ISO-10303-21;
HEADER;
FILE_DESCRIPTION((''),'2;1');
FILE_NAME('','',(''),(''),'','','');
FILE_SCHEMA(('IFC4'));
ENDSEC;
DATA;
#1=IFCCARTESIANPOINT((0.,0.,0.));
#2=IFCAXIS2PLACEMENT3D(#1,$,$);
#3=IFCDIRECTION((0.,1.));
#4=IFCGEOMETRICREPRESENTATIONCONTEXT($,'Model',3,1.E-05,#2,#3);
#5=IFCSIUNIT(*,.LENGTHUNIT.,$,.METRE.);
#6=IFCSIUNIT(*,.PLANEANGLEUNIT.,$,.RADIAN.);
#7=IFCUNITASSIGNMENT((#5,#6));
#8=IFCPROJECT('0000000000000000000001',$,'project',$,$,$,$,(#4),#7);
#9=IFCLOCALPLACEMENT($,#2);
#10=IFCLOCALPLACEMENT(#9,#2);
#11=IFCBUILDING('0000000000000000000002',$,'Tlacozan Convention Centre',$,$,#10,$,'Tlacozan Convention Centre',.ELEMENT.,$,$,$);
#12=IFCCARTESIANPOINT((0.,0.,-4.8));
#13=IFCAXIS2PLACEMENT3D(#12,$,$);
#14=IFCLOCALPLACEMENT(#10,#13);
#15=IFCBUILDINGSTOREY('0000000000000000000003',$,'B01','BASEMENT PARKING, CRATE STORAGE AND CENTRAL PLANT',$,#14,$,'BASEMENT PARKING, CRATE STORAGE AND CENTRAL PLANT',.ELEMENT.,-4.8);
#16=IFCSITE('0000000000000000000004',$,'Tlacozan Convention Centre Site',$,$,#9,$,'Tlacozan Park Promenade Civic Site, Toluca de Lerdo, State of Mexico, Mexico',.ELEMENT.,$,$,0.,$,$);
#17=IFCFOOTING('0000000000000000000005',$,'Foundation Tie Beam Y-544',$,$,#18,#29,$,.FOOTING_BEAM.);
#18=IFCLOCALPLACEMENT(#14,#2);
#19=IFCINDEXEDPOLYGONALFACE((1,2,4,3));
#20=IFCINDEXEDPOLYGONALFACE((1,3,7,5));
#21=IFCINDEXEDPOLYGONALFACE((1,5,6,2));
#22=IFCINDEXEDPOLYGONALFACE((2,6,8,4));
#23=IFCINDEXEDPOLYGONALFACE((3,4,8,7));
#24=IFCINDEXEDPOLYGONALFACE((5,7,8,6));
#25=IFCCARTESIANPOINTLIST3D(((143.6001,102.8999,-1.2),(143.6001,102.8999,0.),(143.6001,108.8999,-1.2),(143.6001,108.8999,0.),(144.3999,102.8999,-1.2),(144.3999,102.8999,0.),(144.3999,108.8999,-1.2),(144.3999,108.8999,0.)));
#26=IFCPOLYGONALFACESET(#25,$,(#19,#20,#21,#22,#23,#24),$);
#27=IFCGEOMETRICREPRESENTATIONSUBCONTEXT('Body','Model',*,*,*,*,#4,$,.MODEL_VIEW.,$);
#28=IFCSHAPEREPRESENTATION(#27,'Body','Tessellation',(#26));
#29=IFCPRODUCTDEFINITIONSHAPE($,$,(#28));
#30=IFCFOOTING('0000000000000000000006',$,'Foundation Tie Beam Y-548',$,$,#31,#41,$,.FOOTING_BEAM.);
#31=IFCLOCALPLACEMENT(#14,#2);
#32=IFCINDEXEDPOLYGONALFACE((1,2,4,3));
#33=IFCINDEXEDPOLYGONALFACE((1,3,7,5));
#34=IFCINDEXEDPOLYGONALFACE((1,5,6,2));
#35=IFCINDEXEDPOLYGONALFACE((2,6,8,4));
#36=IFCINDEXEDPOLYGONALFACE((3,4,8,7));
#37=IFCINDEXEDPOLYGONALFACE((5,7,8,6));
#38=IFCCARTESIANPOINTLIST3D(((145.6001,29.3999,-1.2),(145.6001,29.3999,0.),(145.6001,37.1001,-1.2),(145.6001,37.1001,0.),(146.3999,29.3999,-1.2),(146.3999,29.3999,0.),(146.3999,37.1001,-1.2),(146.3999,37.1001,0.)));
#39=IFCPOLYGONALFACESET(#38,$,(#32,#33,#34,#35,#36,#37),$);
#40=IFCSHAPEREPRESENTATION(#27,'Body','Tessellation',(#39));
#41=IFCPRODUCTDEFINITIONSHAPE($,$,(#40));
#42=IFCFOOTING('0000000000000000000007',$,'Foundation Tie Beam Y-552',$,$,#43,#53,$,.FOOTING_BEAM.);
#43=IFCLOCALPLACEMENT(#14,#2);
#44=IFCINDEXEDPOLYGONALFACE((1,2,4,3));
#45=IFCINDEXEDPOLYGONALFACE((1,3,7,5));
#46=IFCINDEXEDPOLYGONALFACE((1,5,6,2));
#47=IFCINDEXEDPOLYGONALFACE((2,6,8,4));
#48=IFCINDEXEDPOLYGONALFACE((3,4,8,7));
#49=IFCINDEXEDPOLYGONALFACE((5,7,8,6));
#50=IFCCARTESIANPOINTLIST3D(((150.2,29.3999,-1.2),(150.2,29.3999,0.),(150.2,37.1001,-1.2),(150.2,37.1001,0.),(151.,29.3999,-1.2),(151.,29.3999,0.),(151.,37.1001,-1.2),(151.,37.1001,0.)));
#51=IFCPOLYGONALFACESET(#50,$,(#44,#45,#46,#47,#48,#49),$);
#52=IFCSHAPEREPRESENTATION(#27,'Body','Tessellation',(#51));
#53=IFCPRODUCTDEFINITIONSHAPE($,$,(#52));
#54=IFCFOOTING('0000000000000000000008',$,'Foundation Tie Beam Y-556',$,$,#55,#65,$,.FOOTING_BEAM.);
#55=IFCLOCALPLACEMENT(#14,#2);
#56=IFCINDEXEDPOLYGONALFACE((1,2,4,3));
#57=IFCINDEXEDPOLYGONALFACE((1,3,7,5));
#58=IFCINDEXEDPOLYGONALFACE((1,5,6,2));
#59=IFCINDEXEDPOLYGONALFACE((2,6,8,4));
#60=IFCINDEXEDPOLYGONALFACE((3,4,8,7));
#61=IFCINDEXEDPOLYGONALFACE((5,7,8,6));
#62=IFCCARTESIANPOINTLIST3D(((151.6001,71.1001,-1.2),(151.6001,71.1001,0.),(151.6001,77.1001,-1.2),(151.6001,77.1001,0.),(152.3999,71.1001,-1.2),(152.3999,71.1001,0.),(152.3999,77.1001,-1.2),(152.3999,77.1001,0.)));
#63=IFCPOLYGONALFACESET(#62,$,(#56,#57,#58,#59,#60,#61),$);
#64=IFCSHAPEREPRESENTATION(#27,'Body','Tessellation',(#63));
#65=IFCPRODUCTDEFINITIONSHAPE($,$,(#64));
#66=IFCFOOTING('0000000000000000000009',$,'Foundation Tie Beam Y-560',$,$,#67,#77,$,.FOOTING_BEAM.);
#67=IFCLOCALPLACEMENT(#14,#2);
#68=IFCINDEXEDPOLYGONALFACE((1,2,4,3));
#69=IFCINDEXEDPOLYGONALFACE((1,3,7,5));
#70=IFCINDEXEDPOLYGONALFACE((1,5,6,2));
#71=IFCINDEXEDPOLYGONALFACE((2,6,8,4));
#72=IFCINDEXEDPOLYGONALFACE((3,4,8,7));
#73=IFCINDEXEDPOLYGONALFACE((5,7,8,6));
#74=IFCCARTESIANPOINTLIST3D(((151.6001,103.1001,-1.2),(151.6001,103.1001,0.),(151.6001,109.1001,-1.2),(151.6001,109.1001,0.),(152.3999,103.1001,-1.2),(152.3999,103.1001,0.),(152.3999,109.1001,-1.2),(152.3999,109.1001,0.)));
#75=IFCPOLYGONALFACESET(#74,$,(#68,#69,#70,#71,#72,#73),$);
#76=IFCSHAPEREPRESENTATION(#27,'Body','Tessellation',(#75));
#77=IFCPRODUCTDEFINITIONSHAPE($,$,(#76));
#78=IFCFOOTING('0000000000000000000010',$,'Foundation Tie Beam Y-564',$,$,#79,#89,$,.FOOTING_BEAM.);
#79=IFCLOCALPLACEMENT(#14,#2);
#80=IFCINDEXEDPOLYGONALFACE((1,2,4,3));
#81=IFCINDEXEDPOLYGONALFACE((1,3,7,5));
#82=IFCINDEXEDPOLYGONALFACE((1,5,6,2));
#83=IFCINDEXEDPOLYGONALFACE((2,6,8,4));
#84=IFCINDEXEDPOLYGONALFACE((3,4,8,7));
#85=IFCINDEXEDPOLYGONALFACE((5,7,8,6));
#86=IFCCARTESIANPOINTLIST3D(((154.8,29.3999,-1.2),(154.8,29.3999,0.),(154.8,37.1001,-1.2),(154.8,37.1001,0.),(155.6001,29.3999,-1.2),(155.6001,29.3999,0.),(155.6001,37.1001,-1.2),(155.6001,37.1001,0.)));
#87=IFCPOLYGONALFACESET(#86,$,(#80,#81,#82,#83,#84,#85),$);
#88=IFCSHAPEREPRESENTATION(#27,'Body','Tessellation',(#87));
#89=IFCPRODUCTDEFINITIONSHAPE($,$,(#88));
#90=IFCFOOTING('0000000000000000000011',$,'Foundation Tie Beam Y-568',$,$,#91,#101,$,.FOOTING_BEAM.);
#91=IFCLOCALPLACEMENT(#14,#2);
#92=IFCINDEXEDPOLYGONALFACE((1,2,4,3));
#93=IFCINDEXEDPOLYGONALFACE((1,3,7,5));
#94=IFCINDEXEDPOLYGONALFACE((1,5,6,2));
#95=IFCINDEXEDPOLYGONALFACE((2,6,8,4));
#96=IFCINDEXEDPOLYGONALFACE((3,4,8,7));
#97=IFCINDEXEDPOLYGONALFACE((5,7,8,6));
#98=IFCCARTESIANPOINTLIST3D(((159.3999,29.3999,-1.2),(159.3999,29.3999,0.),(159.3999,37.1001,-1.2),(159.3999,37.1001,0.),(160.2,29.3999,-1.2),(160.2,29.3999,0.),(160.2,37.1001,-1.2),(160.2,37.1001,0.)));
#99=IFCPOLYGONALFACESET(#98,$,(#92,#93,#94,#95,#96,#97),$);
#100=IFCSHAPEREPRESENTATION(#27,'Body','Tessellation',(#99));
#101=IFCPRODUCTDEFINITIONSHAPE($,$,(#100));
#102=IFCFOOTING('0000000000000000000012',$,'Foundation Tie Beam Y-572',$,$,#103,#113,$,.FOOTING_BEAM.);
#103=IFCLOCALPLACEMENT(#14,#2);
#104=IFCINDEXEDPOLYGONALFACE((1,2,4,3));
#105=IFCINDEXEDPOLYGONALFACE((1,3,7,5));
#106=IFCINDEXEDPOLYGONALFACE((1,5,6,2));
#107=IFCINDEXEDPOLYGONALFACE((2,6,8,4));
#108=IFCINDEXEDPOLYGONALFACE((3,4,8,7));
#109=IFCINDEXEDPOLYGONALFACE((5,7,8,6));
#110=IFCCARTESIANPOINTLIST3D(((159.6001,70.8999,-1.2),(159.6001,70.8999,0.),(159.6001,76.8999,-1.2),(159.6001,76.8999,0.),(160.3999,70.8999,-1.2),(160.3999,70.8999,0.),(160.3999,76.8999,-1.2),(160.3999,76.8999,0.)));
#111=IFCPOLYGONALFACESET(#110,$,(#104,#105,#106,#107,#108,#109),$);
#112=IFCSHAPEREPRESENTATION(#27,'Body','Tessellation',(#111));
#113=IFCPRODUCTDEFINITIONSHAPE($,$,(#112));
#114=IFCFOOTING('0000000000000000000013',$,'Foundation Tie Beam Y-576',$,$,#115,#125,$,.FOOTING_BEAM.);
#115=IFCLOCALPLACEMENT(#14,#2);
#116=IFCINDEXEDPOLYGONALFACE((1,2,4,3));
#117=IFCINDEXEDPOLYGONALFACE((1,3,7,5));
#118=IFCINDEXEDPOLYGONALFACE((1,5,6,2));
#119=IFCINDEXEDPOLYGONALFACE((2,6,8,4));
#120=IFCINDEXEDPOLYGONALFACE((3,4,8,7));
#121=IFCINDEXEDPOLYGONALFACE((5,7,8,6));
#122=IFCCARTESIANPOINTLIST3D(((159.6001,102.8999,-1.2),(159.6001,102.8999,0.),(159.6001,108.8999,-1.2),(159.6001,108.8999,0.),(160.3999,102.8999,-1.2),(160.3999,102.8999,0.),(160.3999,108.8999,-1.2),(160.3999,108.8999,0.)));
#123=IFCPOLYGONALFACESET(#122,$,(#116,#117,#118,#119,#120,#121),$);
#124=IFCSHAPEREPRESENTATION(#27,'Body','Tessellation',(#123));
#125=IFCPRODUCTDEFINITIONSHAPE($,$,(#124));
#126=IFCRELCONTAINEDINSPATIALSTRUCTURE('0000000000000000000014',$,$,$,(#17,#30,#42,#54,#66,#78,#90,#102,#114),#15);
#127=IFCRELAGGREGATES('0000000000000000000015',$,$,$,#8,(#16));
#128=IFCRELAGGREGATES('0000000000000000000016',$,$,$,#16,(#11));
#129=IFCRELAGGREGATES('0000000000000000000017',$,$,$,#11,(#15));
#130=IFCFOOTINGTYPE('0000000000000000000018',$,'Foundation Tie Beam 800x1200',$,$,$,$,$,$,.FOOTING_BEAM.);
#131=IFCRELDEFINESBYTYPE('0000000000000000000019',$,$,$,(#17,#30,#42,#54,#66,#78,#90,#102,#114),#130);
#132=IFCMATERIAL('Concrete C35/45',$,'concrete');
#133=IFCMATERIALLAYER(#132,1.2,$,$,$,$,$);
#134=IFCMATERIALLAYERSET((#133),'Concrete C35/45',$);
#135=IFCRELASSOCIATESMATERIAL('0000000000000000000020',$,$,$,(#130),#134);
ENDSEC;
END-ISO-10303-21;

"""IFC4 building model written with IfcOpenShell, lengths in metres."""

from ifc_helpers import new_model, si_unit, direction, frame, origin, place, context, subcontext, project, spatial, polyline, outline, extrude, material, layer, layer_set, type_object, element, save


model = new_model("IFC4")

# Units and contexts
model_context = context("Model", 3, precision=1e-05, world=origin(), true_north=direction((0.0, 1.0)))
body_context = subcontext(model_context, "Body", "Model", "MODEL_VIEW")
ifc_project = project(units=[si_unit("LENGTHUNIT", "METRE"), si_unit("PLANEANGLEUNIT", "RADIAN")], contexts=[model_context])

# Site, building, storey
site_placement = place(None, origin())
site = spatial("IfcSite", under=ifc_project, at=site_placement, Name="Tlacozan Convention Centre Site", LongName="Tlacozan Park Promenade Civic Site, Toluca de Lerdo, State of Mexico, Mexico", CompositionType="ELEMENT", RefElevation=0.0)
building_placement = place(site_placement, origin())
building = spatial("IfcBuilding", under=site, at=building_placement, Name="Tlacozan Convention Centre", LongName="Tlacozan Convention Centre", CompositionType="ELEMENT")
storey_placement = place(building_placement, frame((0.0, 0.0, -4.8)))
storey = spatial("IfcBuildingStorey", under=building, at=storey_placement, Name="B01", Description="BASEMENT PARKING, CRATE STORAGE AND CENTRAL PLANT", LongName="BASEMENT PARKING, CRATE STORAGE AND CENTRAL PLANT", CompositionType="ELEMENT", Elevation=-4.8)

# Footings
ifc_material = material(Name="Concrete C35/45", Category="concrete")
ifc_layer = layer(ifc_material, 1.2)
ifc_layer_set = layer_set([ifc_layer], Name="Concrete C35/45")
footing_type = type_object("IfcFootingType", Name="Foundation Tie Beam 800x1200", PredefinedType="FOOTING_BEAM", material=ifc_layer_set)
footing_1_placement = place(storey_placement, frame((0.0, 0.0, -1.2)))
element("IfcFooting", 1, at=footing_1_placement, inside=storey, type_object=footing_type, Name="Foundation Tie Beam Y-544", PredefinedType="FOOTING_BEAM", context=body_context, shape_type="SweptSolid", body=[
    extrude(outline(polyline([(143.6001, 102.8999), (144.3999, 102.8999), (144.3999, 108.8999), (143.6001, 108.8999), (143.6001, 102.8999)])), origin(), (0.0, 0.0, 1.0), 1.2),
])
footing_2_placement = place(storey_placement, frame((0.0, 0.0, -1.2)))
element("IfcFooting", 2, at=footing_2_placement, inside=storey, type_object=footing_type, Name="Foundation Tie Beam Y-548", PredefinedType="FOOTING_BEAM", context=body_context, shape_type="SweptSolid", body=[
    extrude(outline(polyline([(145.6001, 29.3999), (146.3999, 29.3999), (146.3999, 37.1001), (145.6001, 37.1001), (145.6001, 29.3999)])), origin(), (0.0, 0.0, 1.0), 1.2),
])
footing_3_placement = place(storey_placement, frame((0.0, 0.0, -1.2)))
element("IfcFooting", 3, at=footing_3_placement, inside=storey, type_object=footing_type, Name="Foundation Tie Beam Y-552", PredefinedType="FOOTING_BEAM", context=body_context, shape_type="SweptSolid", body=[
    extrude(outline(polyline([(150.2, 29.3999), (151.0, 29.3999), (151.0, 37.1001), (150.2, 37.1001), (150.2, 29.3999)])), origin(), (0.0, 0.0, 1.0), 1.2),
])
footing_4_placement = place(storey_placement, frame((0.0, 0.0, -1.2)))
element("IfcFooting", 4, at=footing_4_placement, inside=storey, type_object=footing_type, Name="Foundation Tie Beam Y-556", PredefinedType="FOOTING_BEAM", context=body_context, shape_type="SweptSolid", body=[
    extrude(outline(polyline([(151.6001, 71.1001), (152.3999, 71.1001), (152.3999, 77.1001), (151.6001, 77.1001), (151.6001, 71.1001)])), origin(), (0.0, 0.0, 1.0), 1.2),
])
footing_5_placement = place(storey_placement, frame((0.0, 0.0, -1.2)))
element("IfcFooting", 5, at=footing_5_placement, inside=storey, type_object=footing_type, Name="Foundation Tie Beam Y-560", PredefinedType="FOOTING_BEAM", context=body_context, shape_type="SweptSolid", body=[
    extrude(outline(polyline([(151.6001, 103.1001), (152.3999, 103.1001), (152.3999, 109.1001), (151.6001, 109.1001), (151.6001, 103.1001)])), origin(), (0.0, 0.0, 1.0), 1.2),
])
footing_6_placement = place(storey_placement, frame((0.0, 0.0, -1.2)))
element("IfcFooting", 6, at=footing_6_placement, inside=storey, type_object=footing_type, Name="Foundation Tie Beam Y-564", PredefinedType="FOOTING_BEAM", context=body_context, shape_type="SweptSolid", body=[
    extrude(outline(polyline([(154.8, 29.3999), (155.6001, 29.3999), (155.6001, 37.1001), (154.8, 37.1001), (154.8, 29.3999)])), origin(), (0.0, 0.0, 1.0), 1.2),
])
footing_7_placement = place(storey_placement, frame((0.0, 0.0, -1.2)))
element("IfcFooting", 7, at=footing_7_placement, inside=storey, type_object=footing_type, Name="Foundation Tie Beam Y-568", PredefinedType="FOOTING_BEAM", context=body_context, shape_type="SweptSolid", body=[
    extrude(outline(polyline([(159.3999, 29.3999), (160.2, 29.3999), (160.2, 37.1001), (159.3999, 37.1001), (159.3999, 29.3999)])), origin(), (0.0, 0.0, 1.0), 1.2),
])
footing_8_placement = place(storey_placement, frame((0.0, 0.0, -1.2)))
element("IfcFooting", 8, at=footing_8_placement, inside=storey, type_object=footing_type, Name="Foundation Tie Beam Y-572", PredefinedType="FOOTING_BEAM", context=body_context, shape_type="SweptSolid", body=[
    extrude(outline(polyline([(159.6001, 70.8999), (160.3999, 70.8999), (160.3999, 76.8999), (159.6001, 76.8999), (159.6001, 70.8999)])), origin(), (0.0, 0.0, 1.0), 1.2),
])
footing_9_placement = place(storey_placement, frame((0.0, 0.0, -1.2)))
element("IfcFooting", 9, at=footing_9_placement, inside=storey, type_object=footing_type, Name="Foundation Tie Beam Y-576", PredefinedType="FOOTING_BEAM", context=body_context, shape_type="SweptSolid", body=[
    extrude(outline(polyline([(159.6001, 102.8999), (160.3999, 102.8999), (160.3999, 108.8999), (159.6001, 108.8999), (159.6001, 102.8999)])), origin(), (0.0, 0.0, 1.0), 1.2),
])

save(model, "model.ifc")
